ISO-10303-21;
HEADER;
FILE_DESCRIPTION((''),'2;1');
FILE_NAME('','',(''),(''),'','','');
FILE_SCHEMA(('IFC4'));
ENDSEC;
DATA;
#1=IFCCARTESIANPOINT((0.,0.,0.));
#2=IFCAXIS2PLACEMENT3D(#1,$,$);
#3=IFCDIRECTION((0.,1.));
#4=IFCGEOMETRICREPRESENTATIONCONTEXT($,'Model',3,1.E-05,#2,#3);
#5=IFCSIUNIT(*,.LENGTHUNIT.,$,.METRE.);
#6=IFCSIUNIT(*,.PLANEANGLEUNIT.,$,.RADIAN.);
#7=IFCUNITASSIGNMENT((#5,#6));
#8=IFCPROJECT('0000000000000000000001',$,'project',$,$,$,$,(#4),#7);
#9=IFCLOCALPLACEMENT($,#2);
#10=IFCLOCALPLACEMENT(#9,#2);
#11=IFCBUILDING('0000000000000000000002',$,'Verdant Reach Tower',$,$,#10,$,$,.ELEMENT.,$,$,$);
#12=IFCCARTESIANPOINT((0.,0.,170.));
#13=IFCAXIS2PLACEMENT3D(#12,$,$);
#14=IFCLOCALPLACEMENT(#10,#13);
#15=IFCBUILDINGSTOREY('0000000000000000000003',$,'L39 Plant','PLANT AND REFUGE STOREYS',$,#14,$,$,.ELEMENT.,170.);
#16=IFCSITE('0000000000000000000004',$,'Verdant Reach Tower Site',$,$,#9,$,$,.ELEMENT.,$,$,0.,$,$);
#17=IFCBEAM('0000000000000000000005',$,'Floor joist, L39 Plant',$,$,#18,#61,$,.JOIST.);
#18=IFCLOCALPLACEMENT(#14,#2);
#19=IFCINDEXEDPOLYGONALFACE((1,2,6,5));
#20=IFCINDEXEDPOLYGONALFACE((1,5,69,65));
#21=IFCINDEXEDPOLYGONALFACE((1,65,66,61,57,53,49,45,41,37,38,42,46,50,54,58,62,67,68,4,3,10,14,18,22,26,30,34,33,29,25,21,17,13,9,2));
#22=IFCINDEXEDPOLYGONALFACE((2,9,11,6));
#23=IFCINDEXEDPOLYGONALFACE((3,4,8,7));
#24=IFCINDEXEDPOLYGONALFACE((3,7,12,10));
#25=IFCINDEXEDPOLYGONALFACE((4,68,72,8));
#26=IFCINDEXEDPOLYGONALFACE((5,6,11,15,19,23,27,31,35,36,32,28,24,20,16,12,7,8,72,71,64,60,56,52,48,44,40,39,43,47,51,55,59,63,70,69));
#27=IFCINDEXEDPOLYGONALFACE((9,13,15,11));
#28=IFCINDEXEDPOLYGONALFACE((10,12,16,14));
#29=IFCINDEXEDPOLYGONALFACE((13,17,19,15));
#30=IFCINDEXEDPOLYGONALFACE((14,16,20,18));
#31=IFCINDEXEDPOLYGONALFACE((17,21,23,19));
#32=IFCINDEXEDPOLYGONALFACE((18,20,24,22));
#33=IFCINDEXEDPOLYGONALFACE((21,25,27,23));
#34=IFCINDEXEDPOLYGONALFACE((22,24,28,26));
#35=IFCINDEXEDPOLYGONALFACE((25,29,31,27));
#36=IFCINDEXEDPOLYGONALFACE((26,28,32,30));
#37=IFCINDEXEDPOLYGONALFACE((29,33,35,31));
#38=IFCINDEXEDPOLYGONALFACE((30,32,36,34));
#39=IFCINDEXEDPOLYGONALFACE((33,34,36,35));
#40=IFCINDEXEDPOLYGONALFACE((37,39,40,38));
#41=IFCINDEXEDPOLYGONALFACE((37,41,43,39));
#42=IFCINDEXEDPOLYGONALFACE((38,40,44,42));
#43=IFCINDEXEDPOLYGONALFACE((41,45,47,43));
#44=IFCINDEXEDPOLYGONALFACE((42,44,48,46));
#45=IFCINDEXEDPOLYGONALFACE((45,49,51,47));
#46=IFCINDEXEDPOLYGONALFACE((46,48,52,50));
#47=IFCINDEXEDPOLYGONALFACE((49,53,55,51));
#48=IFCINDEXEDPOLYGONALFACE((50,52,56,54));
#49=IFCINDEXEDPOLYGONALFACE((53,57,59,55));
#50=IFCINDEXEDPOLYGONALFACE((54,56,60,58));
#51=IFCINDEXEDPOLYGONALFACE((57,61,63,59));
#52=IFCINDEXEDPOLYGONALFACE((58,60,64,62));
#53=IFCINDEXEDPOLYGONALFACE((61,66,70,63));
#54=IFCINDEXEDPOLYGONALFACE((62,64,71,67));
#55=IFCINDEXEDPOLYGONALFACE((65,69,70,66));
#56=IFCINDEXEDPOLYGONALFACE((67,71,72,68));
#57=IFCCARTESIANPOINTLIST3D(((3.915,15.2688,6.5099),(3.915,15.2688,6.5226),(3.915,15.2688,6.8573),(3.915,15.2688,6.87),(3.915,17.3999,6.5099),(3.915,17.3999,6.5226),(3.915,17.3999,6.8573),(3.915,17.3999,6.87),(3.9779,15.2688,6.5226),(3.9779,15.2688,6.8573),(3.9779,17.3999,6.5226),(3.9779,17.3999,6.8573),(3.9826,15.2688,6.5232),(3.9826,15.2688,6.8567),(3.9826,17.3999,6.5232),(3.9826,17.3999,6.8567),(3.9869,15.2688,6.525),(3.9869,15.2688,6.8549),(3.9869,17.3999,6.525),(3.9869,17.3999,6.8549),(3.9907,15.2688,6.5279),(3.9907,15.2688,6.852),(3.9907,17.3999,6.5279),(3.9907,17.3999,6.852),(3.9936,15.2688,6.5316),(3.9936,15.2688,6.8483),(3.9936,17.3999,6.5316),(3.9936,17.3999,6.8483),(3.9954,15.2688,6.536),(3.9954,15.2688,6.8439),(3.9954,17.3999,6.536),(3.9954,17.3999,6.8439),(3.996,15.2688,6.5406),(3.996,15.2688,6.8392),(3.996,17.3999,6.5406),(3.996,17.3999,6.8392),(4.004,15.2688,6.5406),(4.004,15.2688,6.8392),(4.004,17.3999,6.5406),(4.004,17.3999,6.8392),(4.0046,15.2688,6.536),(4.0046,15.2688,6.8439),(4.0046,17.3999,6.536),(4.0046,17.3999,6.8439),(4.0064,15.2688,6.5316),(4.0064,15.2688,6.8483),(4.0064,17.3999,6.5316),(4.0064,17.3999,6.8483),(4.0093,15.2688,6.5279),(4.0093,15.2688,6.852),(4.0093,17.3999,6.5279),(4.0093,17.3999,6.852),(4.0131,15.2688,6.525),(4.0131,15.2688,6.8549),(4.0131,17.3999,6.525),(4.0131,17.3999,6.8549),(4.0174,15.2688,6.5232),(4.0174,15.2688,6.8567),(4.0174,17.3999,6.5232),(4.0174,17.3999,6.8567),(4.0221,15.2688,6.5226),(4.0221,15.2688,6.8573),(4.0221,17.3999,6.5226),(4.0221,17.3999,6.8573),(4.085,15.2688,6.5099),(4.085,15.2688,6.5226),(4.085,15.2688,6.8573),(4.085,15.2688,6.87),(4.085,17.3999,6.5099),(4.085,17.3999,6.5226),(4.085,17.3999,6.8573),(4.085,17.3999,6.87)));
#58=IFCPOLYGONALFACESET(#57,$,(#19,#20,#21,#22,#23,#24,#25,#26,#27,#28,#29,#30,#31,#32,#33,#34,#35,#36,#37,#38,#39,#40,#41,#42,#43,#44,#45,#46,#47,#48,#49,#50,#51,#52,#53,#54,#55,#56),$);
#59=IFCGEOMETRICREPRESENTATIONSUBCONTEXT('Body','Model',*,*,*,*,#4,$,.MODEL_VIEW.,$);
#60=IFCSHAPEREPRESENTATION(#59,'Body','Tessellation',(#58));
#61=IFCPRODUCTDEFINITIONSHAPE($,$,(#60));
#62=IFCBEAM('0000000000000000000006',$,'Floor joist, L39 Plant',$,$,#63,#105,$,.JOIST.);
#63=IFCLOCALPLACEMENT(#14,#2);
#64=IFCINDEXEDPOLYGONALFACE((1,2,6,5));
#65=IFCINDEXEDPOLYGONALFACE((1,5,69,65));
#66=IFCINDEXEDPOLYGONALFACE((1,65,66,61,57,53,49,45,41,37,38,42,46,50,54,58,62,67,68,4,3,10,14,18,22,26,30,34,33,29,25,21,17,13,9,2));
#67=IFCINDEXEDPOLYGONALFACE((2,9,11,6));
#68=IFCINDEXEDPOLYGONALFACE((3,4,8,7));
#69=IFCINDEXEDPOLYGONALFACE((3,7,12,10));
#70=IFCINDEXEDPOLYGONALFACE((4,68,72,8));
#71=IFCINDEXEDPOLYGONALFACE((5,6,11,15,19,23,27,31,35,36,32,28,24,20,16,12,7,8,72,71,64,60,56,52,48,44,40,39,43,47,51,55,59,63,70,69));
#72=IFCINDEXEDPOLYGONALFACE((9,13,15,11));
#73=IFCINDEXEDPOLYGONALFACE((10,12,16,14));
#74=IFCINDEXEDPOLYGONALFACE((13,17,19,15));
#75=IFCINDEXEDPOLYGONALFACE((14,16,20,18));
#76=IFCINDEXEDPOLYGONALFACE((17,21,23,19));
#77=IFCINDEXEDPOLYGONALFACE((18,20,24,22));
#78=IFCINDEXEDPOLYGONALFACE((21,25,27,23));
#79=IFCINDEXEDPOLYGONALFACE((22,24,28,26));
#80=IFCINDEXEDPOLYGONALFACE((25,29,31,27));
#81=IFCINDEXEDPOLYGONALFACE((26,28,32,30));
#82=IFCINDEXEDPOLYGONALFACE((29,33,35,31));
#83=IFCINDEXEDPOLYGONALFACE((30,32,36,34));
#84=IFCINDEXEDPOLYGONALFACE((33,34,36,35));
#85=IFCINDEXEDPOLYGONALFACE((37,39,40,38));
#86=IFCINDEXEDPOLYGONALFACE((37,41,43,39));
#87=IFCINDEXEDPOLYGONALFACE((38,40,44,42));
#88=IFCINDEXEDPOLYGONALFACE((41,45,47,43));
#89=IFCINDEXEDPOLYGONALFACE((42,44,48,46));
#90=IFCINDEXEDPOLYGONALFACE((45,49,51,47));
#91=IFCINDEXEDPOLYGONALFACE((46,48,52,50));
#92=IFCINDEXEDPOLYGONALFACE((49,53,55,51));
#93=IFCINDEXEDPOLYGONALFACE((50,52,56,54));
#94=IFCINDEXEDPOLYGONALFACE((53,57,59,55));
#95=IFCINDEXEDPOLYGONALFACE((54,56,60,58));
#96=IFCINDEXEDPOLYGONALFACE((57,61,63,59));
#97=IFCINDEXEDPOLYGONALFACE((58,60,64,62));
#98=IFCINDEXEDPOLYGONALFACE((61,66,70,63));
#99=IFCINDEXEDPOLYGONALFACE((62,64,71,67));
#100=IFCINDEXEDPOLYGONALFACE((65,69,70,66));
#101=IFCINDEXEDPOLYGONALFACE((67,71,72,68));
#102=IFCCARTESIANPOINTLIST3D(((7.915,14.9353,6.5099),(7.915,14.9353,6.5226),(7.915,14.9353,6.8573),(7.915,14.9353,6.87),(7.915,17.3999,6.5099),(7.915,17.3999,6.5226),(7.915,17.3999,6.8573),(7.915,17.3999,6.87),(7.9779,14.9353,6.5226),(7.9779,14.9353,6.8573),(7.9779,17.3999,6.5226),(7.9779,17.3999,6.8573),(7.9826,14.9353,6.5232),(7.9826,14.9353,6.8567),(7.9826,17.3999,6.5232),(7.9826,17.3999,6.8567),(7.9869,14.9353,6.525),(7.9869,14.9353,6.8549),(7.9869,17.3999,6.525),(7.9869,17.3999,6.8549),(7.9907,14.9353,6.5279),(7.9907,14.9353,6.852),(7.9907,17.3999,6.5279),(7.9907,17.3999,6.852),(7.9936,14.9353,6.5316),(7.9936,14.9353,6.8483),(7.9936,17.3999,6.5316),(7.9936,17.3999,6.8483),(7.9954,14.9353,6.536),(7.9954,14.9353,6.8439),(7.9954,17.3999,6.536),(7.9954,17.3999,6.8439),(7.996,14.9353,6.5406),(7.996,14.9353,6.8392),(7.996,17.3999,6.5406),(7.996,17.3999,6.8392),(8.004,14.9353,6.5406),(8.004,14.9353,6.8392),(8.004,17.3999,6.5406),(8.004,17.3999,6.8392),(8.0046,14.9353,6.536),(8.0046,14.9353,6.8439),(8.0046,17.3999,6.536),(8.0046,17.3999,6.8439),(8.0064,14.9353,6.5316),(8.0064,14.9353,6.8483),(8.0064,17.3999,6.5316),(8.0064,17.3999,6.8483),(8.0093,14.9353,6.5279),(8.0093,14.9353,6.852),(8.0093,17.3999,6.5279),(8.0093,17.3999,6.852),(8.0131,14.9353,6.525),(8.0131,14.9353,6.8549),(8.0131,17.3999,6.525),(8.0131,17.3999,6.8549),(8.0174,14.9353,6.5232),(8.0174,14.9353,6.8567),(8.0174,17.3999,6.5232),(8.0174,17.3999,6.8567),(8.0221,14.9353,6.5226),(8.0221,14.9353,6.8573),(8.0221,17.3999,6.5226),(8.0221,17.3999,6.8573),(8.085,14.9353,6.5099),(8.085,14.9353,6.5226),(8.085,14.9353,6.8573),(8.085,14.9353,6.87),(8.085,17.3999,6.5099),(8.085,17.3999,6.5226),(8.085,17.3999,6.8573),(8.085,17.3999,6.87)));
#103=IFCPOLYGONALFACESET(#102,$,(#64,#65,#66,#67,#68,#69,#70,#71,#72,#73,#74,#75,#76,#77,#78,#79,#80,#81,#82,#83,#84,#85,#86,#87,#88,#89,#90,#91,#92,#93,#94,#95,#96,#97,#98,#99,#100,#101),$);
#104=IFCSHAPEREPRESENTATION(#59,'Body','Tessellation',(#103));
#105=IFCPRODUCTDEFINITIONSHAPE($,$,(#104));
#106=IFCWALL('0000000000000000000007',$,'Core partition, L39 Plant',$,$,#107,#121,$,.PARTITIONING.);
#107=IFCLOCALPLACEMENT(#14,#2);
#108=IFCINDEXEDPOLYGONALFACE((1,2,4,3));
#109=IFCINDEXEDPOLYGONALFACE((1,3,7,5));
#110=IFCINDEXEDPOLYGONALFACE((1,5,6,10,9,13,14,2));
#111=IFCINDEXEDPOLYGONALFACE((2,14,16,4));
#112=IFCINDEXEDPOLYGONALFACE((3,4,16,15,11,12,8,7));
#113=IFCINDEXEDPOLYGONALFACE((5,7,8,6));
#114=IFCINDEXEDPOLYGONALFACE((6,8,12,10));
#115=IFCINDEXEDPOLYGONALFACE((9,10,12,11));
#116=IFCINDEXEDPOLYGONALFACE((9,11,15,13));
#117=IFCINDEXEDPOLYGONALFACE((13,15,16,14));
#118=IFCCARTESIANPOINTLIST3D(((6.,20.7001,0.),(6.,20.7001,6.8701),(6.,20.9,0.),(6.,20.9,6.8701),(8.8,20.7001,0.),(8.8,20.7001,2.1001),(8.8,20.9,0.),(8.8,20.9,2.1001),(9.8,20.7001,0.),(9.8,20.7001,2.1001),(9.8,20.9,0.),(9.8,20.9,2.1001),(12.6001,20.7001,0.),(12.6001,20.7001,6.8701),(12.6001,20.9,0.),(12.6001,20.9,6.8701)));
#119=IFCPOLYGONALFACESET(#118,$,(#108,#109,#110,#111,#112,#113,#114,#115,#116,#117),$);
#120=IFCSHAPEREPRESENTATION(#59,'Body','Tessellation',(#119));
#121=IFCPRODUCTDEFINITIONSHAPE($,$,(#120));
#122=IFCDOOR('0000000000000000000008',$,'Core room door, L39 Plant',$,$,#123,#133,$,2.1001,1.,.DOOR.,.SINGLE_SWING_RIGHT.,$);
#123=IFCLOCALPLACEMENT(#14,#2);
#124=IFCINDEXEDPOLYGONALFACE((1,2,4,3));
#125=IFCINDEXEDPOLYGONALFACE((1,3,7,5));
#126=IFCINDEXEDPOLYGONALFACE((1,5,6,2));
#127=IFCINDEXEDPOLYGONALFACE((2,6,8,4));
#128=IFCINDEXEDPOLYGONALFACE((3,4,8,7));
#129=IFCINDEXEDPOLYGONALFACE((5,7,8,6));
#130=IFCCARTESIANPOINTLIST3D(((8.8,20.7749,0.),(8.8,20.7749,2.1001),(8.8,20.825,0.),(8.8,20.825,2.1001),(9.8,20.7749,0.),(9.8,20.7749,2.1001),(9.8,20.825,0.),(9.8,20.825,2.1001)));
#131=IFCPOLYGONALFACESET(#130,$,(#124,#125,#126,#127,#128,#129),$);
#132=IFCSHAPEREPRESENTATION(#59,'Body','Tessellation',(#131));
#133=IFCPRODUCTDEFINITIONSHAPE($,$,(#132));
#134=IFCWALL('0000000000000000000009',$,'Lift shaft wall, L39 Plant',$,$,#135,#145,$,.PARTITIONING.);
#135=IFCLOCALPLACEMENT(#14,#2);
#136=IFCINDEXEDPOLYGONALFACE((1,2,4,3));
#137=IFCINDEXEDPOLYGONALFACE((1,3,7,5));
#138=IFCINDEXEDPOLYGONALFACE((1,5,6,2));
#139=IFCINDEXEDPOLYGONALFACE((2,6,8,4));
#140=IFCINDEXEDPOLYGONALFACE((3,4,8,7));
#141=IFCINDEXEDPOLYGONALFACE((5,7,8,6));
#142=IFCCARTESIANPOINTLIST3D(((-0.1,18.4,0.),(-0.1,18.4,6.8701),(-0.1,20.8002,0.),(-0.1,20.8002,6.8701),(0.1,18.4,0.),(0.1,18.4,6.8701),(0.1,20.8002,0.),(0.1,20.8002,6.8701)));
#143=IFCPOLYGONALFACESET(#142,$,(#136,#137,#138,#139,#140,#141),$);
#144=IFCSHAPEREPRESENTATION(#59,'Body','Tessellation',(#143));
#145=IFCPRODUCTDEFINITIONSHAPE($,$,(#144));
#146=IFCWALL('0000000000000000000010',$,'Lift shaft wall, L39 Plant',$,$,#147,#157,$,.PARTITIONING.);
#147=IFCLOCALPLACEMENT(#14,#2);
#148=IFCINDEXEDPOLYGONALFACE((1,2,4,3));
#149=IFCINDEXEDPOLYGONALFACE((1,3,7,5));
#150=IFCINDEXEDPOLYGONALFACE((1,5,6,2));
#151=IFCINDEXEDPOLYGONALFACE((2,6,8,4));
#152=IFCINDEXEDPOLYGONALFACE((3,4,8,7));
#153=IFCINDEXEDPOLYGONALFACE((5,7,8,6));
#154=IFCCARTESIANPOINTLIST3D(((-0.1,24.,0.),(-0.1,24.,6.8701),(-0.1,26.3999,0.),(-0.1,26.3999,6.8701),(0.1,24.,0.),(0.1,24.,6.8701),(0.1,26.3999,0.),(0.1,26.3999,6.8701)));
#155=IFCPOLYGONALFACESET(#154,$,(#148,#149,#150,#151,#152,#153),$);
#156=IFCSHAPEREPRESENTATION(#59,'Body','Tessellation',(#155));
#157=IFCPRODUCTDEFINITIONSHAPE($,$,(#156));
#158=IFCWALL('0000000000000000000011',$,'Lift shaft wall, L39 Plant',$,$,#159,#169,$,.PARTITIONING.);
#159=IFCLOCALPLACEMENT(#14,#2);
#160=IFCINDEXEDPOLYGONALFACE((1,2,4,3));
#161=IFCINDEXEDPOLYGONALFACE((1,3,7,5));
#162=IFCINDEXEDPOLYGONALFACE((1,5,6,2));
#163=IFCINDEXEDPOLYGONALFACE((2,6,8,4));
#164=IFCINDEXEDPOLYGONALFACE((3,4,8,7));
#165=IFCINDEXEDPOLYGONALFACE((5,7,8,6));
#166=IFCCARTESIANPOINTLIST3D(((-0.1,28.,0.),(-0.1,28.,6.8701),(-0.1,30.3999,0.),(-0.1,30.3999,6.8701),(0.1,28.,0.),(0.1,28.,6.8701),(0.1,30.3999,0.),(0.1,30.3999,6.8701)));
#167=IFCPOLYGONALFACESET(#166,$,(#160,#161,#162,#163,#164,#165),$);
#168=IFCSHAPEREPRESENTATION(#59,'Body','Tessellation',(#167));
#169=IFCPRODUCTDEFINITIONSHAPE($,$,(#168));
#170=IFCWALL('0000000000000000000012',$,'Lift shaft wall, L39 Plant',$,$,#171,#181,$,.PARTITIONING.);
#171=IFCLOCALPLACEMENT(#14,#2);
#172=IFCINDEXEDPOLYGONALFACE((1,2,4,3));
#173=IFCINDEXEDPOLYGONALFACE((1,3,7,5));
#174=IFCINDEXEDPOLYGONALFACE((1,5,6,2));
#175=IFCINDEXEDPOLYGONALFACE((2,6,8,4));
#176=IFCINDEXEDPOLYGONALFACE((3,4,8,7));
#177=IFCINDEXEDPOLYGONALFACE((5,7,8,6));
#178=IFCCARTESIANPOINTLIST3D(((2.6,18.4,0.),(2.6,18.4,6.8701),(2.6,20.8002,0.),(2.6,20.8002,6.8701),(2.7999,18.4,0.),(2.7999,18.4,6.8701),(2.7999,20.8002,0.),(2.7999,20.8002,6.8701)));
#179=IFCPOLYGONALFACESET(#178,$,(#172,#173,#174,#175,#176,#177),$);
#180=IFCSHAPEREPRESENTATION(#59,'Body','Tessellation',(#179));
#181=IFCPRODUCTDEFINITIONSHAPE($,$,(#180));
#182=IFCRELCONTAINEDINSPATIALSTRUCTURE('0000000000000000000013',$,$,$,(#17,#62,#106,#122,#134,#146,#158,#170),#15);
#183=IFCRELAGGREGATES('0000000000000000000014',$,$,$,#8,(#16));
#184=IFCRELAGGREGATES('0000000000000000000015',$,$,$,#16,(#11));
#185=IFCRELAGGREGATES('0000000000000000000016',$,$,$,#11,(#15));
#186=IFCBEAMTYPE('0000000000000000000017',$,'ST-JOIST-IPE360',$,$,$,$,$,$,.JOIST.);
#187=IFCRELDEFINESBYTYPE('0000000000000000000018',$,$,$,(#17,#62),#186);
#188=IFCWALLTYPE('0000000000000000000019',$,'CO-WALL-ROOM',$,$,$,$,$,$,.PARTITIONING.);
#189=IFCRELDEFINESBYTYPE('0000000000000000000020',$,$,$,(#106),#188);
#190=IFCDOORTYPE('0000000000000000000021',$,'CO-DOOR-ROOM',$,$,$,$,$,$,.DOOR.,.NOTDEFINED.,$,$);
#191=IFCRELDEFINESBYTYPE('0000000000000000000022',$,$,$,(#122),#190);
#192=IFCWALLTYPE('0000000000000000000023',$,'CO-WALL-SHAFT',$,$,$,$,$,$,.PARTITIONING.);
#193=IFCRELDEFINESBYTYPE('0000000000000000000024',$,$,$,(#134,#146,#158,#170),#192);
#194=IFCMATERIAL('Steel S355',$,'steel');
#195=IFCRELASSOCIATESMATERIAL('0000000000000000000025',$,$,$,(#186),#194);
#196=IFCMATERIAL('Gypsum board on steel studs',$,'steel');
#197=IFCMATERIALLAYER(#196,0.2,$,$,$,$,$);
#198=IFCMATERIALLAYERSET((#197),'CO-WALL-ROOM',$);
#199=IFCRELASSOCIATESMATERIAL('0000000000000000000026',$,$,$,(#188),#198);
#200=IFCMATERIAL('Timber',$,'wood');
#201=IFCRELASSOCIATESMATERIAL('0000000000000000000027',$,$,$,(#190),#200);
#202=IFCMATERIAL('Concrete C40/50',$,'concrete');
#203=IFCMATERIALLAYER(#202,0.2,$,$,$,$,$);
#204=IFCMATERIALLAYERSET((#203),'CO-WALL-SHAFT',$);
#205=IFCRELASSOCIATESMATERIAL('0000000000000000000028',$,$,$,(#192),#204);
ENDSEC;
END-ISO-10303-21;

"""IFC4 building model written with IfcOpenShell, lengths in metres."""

from ifc_helpers import new_model, si_unit, direction, frame, frame_2d, origin, origin_2d, place, context, subcontext, project, spatial, rectangle, i_section, extrude, material, layer, layer_set, material_profile, profile_set, type_object, element, fill, save


model = new_model("IFC4")

# Units and contexts
model_context = context("Model", 3, precision=1e-05, world=origin(), true_north=direction((0.0, 1.0)))
body_context = subcontext(model_context, "Body", "Model", "MODEL_VIEW")
ifc_project = project(units=[si_unit("LENGTHUNIT", "METRE"), si_unit("PLANEANGLEUNIT", "RADIAN")], contexts=[model_context])

# Site, building, storey
site_placement = place(None, origin())
site = spatial("IfcSite", under=ifc_project, at=site_placement, Name="Verdant Reach Tower Site", CompositionType="ELEMENT", RefElevation=0.0)
building_placement = place(site_placement, origin())
building = spatial("IfcBuilding", under=site, at=building_placement, Name="Verdant Reach Tower", CompositionType="ELEMENT")
storey_placement = place(building_placement, frame((0.0, 0.0, 170.0)))
storey = spatial("IfcBuildingStorey", under=building, at=storey_placement, Name="L39 Plant", Description="PLANT AND REFUGE STOREYS", CompositionType="ELEMENT", Elevation=170.0)

# Beams
ifc_material_1 = material(Name="Steel S355", Category="steel")
ifc_material_profile = material_profile(ifc_material_1, i_section(OverallWidth=0.1699, OverallDepth=0.3601, WebThickness=0.0081, FlangeThickness=0.0127, FilletRadius=0.0181, at=origin_2d()), Name="IPE 360")
ifc_profile_set = profile_set([ifc_material_profile], Name="Steel S355")
beam_type = type_object("IfcBeamType", Name="ST-JOIST-IPE360", PredefinedType="JOIST", material=ifc_profile_set)
beam_1_placement = place(storey_placement, frame((4.0, 17.3999, 6.6899), z_axis=(0.0, -1.0, 0.0), x_axis=(1.0, 0.0, 0.0)))
element("IfcBeam", 1, at=beam_1_placement, inside=storey, type_object=beam_type, Name="Floor joist, L39 Plant", PredefinedType="JOIST", context=body_context, shape_type="SweptSolid", body=[
    extrude(i_section(OverallWidth=0.1699, OverallDepth=0.3601, WebThickness=0.0081, FlangeThickness=0.0127, FilletRadius=0.0181, at=origin_2d()), origin(), (0.0, 0.0, 1.0), 2.1311),
])
beam_2_placement = place(storey_placement, frame((8.0, 17.3999, 6.6899), z_axis=(0.0, -1.0, 0.0), x_axis=(1.0, 0.0, 0.0)))
element("IfcBeam", 2, at=beam_2_placement, inside=storey, type_object=beam_type, Name="Floor joist, L39 Plant", PredefinedType="JOIST", context=body_context, shape_type="SweptSolid", body=[
    extrude(i_section(OverallWidth=0.1699, OverallDepth=0.3601, WebThickness=0.0081, FlangeThickness=0.0127, FilletRadius=0.0181, at=origin_2d()), origin(), (0.0, 0.0, 1.0), 2.4646),
])

# Wall, opening, door
ifc_material_2 = material(Name="Gypsum board on steel studs", Category="steel")
ifc_layer_1 = layer(ifc_material_2, 0.2)
ifc_layer_set_1 = layer_set([ifc_layer_1], Name="CO-WALL-ROOM")
wall_type_1 = type_object("IfcWallType", Name="CO-WALL-ROOM", PredefinedType="PARTITIONING", material=ifc_layer_set_1)
wall_1_placement = place(storey_placement, frame((6.0, 20.8, 0.0), z_axis=(0.0, 0.0, 1.0), x_axis=(1.0, 0.0, 0.0)))
wall_1 = element("IfcWall", 3, at=wall_1_placement, inside=storey, type_object=wall_type_1, Name="Core partition, L39 Plant", PredefinedType="PARTITIONING", context=body_context, shape_type="SweptSolid", body=[
    extrude(rectangle(XDim=6.6001, YDim=0.2, at=frame_2d((3.3, 0.0))), origin(), (0.0, 0.0, 1.0), 6.8701),
])
opening_1_placement = place(wall_1_placement, frame((2.8, 0.0, 0.0)))
opening_1 = element("IfcOpeningElement", 4, at=opening_1_placement, cuts=wall_1, PredefinedType="OPENING", context=body_context, shape_type="SweptSolid", body=[
    extrude(rectangle(XDim=1.0, YDim=2.1001, at=frame_2d((0.5, 1.05))), frame((0.0, 0.1099, 0.0), z_axis=(0.0, -1.0, 0.0), x_axis=(1.0, 0.0, 0.0)), (0.0, 0.0, 1.0), 0.22),
])
ifc_material_3 = material(Name="Timber", Category="wood")
door_type_1 = type_object("IfcDoorType", Name="CO-DOOR-ROOM", OperationType="NOTDEFINED", PredefinedType="DOOR", material=ifc_material_3)
door_1_placement = place(opening_1_placement, origin())
door_1 = element("IfcDoor", 5, at=door_1_placement, inside=storey, type_object=door_type_1, Name="Core room door, L39 Plant", OperationType="SINGLE_SWING_RIGHT", OverallHeight=2.1001, OverallWidth=1.0, PredefinedType="DOOR", context=body_context, shape_type="SweptSolid", body=[
    extrude(rectangle(XDim=1.0, YDim=2.1001, at=frame_2d((0.5, 1.05))), frame((0.0, 0.0249, 0.0), z_axis=(0.0, -1.0, 0.0), x_axis=(1.0, 0.0, 0.0)), (0.0, 0.0, 1.0), 0.05),
])
fill(opening_1, door_1)

# Walls
ifc_material_4 = material(Name="Concrete C40/50", Category="concrete")
ifc_layer_2 = layer(ifc_material_4, 0.2)
ifc_layer_set_2 = layer_set([ifc_layer_2], Name="CO-WALL-SHAFT")
wall_type_2 = type_object("IfcWallType", Name="CO-WALL-SHAFT", PredefinedType="PARTITIONING", material=ifc_layer_set_2)
wall_2_placement = place(storey_placement, frame((0.0, 18.3999, 0.0), z_axis=(0.0, 0.0, 1.0), x_axis=(0.0, 1.0, 0.0)))
element("IfcWall", 6, at=wall_2_placement, inside=storey, type_object=wall_type_2, Name="Lift shaft wall, L39 Plant", PredefinedType="PARTITIONING", context=body_context, shape_type="SweptSolid", body=[
    extrude(rectangle(XDim=2.4001, YDim=0.2, at=frame_2d((1.2002, 0.0))), origin(), (0.0, 0.0, 1.0), 6.8701),
])
for number, where, z_axis, x_axis, name in (
    (7, (0.0, 24.0, 0.0), (0.0, 0.0, 1.0), (0.0, 1.0, 0.0), "Lift shaft wall, L39 Plant"),
    (8, (0.0, 28.0, 0.0), (0.0, 0.0, 1.0), (0.0, 1.0, 0.0), "Lift shaft wall, L39 Plant"),
):
    element("IfcWall", number, at=place(storey_placement, frame(where, z_axis=z_axis, x_axis=x_axis)), inside=storey, type_object=wall_type_2, Name=name, PredefinedType="PARTITIONING", context=body_context, shape_type="SweptSolid", body=[
        extrude(rectangle(XDim=2.3999, YDim=0.2, at=frame_2d((1.2, 0.0))), origin(), (0.0, 0.0, 1.0), 6.8701),
    ])
wall_3_placement = place(storey_placement, frame((2.7, 18.3999, 0.0), z_axis=(0.0, 0.0, 1.0), x_axis=(0.0, 1.0, 0.0)))
element("IfcWall", 9, at=wall_3_placement, inside=storey, type_object=wall_type_2, Name="Lift shaft wall, L39 Plant", PredefinedType="PARTITIONING", context=body_context, shape_type="SweptSolid", body=[
    extrude(rectangle(XDim=2.4001, YDim=0.2, at=frame_2d((1.2002, 0.0))), origin(), (0.0, 0.0, 1.0), 6.8701),
])

save(model, "model.ifc")
